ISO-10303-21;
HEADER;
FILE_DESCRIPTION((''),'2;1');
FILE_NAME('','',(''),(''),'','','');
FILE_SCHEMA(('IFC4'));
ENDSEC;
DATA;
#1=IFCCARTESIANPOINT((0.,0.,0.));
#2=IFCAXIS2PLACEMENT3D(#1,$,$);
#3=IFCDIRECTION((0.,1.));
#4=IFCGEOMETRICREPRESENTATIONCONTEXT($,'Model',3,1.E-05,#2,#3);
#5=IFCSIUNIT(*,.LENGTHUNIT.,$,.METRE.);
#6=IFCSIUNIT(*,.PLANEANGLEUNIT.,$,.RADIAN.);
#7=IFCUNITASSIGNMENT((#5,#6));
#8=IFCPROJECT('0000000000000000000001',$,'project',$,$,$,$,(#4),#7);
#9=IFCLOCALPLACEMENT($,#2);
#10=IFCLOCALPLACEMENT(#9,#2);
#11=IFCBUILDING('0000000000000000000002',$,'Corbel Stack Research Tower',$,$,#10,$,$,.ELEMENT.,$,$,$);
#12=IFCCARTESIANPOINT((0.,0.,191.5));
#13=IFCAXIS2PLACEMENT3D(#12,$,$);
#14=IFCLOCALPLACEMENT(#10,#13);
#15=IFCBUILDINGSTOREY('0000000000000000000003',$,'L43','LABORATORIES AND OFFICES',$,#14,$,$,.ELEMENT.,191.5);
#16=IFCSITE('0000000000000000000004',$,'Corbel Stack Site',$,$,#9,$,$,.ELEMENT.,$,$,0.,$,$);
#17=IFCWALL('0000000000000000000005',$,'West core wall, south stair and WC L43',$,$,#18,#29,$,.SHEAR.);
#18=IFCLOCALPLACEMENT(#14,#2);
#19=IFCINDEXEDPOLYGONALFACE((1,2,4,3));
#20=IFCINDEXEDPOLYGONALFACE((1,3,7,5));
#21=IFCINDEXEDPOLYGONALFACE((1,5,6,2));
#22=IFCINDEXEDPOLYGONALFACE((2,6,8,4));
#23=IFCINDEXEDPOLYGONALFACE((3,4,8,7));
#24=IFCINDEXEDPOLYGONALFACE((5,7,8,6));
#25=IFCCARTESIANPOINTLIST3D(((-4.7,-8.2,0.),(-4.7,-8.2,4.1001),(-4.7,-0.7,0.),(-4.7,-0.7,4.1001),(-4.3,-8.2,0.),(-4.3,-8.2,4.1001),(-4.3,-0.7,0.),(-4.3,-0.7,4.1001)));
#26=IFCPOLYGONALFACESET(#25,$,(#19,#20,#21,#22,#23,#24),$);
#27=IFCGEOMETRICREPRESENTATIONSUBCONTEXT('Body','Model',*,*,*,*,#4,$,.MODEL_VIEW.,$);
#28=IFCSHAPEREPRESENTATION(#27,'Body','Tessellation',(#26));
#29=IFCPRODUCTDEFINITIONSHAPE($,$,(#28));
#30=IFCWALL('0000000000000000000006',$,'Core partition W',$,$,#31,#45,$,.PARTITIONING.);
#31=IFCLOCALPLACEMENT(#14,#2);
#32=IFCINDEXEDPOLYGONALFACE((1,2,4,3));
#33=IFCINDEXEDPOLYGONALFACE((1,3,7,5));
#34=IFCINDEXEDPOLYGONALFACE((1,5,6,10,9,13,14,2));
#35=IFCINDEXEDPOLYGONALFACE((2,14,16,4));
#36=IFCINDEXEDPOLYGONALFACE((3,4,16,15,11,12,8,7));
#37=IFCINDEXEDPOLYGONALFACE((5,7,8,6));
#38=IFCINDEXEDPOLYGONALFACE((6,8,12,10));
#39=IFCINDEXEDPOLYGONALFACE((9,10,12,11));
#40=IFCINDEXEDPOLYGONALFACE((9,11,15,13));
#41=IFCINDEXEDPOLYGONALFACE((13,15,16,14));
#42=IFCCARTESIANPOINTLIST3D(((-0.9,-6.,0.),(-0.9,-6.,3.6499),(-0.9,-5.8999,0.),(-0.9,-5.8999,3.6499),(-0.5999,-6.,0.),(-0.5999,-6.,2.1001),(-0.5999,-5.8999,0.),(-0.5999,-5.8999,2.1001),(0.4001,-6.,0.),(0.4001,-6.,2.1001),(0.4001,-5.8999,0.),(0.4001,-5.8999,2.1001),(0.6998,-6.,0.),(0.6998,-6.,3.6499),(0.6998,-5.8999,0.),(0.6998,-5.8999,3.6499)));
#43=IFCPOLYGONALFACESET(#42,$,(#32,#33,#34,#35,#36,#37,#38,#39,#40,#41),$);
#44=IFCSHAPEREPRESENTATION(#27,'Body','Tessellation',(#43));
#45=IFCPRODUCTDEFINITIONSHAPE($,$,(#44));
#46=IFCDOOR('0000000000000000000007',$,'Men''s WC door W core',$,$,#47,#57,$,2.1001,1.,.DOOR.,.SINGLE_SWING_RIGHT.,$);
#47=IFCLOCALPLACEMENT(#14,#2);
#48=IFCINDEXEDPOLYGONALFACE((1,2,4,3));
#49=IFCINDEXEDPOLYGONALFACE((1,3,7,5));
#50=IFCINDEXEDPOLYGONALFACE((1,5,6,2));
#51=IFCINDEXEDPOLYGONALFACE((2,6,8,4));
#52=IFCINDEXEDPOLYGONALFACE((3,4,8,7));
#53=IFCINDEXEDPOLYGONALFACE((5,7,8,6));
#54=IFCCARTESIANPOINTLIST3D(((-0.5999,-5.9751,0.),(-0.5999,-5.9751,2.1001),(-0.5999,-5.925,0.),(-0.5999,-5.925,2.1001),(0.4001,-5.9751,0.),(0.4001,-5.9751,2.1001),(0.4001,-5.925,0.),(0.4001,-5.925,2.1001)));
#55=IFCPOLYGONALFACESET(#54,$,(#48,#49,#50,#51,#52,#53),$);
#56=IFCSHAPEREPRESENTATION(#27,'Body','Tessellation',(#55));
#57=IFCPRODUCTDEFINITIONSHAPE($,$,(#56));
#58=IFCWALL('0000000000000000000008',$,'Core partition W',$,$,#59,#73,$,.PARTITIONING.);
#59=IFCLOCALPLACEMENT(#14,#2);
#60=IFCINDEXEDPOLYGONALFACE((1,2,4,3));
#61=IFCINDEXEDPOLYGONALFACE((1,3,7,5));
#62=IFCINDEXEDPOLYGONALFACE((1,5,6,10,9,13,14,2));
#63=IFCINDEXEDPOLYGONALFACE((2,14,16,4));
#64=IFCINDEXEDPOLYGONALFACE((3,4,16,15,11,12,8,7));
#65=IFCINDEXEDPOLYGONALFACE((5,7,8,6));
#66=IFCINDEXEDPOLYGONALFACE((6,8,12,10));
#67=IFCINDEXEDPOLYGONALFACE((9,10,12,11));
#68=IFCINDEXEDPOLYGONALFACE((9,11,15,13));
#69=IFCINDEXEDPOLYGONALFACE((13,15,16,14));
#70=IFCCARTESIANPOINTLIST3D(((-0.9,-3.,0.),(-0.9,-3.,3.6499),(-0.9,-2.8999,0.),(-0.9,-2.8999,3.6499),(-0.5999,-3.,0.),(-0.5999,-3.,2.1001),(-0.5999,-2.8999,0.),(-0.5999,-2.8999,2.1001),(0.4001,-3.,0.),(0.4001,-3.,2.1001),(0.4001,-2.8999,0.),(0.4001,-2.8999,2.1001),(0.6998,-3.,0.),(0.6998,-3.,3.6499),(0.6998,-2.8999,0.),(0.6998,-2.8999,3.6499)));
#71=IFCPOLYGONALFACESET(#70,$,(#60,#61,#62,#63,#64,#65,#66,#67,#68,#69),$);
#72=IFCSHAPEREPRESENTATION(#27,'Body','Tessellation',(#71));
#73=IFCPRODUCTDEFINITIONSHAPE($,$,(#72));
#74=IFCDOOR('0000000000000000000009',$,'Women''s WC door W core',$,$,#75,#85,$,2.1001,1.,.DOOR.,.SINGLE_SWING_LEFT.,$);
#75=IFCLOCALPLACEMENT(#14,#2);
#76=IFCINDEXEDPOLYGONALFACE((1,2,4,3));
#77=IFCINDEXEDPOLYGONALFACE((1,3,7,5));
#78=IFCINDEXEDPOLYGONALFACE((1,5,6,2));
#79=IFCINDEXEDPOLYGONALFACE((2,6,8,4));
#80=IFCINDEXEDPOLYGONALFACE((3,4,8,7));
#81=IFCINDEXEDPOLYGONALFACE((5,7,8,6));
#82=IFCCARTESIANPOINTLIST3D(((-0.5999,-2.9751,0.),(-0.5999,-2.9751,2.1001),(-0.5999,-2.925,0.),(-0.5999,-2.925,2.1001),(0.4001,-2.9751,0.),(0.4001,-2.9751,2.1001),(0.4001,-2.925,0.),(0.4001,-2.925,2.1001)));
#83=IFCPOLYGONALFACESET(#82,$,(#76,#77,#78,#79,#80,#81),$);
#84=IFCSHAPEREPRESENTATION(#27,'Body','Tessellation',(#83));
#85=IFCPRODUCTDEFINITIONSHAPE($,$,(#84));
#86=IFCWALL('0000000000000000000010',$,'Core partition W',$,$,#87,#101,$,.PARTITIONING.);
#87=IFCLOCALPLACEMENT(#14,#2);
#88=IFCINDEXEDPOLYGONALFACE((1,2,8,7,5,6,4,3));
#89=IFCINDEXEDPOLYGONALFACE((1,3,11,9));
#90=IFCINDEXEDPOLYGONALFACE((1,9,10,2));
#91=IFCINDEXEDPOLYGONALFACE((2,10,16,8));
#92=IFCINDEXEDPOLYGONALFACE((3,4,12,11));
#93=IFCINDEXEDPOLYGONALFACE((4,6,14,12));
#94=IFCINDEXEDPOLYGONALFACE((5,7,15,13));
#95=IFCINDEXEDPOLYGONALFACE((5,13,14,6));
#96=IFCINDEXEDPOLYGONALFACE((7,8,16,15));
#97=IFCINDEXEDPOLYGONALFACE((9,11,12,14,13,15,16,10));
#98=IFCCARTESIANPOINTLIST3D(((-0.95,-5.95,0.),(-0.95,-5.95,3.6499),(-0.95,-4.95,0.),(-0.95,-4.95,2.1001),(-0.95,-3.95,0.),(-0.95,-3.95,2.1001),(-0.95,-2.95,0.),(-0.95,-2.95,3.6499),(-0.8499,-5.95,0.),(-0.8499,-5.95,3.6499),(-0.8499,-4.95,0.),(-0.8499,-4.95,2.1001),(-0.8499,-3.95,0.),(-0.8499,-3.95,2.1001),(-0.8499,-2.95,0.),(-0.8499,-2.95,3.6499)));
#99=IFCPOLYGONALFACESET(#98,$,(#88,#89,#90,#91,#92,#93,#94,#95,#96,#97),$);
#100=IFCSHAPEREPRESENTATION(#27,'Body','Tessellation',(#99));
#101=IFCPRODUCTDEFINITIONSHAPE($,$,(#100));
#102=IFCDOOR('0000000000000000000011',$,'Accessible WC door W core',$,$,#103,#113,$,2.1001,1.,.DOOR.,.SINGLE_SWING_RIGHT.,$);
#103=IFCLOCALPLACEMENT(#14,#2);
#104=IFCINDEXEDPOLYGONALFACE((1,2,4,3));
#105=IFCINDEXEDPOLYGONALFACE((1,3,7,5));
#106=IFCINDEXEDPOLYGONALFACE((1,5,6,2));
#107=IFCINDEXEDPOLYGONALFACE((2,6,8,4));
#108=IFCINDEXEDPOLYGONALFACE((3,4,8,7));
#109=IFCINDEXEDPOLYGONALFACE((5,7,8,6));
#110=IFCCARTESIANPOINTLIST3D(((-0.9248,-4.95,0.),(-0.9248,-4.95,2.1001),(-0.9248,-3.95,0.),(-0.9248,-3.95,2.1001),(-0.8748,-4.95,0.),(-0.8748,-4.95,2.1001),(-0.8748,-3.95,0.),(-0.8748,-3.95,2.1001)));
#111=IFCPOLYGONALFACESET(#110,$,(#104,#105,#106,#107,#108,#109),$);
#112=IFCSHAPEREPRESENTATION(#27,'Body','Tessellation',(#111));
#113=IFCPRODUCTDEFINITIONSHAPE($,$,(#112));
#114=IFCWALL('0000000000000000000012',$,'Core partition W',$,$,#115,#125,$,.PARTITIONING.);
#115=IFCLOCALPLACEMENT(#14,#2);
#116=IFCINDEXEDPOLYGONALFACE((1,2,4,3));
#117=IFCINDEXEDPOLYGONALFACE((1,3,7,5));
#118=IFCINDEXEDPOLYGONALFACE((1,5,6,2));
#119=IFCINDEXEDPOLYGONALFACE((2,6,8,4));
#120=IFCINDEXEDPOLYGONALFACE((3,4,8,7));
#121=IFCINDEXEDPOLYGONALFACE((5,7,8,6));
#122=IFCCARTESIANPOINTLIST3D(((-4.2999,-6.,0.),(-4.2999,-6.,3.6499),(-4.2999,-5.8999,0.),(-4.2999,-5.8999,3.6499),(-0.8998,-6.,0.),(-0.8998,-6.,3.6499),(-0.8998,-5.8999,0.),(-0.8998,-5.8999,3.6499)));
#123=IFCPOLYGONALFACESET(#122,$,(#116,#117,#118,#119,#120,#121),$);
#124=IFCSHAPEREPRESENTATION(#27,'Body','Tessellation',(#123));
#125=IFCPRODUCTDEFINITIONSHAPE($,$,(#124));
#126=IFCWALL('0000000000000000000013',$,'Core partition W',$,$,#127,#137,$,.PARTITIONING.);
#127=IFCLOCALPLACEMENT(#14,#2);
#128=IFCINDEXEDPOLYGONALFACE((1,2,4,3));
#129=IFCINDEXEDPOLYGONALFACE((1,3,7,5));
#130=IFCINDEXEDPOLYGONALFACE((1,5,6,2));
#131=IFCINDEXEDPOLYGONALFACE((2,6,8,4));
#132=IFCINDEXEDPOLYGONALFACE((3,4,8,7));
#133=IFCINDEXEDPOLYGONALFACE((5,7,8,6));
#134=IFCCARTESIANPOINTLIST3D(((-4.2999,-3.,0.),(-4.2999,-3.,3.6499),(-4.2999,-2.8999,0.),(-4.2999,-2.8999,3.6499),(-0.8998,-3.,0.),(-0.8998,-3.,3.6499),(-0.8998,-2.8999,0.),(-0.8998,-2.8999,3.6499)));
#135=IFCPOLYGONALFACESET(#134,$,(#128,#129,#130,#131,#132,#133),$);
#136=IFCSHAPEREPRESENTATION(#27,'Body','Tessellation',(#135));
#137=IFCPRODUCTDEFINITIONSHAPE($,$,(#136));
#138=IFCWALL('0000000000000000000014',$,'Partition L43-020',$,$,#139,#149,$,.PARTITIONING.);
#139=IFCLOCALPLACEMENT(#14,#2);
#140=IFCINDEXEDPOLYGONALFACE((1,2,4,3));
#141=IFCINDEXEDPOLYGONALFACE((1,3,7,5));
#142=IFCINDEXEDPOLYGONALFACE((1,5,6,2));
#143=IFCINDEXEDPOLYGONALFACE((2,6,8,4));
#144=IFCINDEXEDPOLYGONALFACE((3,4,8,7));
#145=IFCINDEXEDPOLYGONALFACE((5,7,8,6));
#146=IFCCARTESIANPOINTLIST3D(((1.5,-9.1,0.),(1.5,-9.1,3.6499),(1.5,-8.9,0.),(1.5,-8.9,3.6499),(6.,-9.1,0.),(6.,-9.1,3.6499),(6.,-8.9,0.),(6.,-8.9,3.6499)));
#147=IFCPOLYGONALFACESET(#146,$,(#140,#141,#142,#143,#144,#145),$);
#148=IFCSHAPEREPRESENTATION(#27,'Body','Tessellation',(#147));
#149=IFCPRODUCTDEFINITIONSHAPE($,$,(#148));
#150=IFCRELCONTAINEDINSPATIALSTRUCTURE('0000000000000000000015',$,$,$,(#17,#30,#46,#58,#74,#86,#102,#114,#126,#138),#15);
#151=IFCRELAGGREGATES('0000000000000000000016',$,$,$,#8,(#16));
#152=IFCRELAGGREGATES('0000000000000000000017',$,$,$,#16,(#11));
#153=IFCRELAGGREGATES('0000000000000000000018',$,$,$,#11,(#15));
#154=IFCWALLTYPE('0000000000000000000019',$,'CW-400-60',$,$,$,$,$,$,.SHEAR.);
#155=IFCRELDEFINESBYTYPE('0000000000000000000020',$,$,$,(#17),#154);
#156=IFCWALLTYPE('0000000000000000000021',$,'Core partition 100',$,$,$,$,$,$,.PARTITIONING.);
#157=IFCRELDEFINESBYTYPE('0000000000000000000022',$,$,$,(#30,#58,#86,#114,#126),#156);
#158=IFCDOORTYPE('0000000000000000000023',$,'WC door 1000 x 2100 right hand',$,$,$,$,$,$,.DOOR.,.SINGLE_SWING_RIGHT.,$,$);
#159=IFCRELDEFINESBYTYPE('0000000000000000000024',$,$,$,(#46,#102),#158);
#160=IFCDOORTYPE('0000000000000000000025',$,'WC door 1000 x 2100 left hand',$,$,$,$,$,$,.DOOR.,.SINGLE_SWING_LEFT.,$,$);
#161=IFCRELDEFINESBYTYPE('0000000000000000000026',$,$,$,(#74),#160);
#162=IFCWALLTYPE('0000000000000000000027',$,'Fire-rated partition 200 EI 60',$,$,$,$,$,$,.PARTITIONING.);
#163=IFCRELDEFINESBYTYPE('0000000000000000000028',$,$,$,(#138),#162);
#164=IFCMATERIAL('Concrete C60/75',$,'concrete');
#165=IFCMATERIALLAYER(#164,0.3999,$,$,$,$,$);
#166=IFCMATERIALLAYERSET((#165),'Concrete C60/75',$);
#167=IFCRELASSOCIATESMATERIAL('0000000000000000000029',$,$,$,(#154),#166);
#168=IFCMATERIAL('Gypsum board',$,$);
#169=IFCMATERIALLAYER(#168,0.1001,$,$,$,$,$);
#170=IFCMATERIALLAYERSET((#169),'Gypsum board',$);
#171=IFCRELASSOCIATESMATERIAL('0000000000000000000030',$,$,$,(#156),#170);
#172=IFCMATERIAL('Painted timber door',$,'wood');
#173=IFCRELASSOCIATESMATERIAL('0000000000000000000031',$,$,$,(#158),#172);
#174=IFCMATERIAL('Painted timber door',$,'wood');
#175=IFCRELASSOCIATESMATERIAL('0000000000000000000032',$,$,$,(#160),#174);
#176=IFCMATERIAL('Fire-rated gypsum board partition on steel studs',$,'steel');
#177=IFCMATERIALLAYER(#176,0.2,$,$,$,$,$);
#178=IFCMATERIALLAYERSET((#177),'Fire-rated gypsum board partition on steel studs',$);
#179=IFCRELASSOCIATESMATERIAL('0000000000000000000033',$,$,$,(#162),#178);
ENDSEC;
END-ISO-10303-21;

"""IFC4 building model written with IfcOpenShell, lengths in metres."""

from ifc_helpers import new_model, si_unit, direction, frame, frame_2d, origin, place, context, subcontext, project, spatial, rectangle, extrude, material, layer, layer_set, type_object, element, fill, save


model = new_model("IFC4")

# Units and contexts
model_context = context("Model", 3, precision=1e-05, world=origin(), true_north=direction((0.0, 1.0)))
body_context = subcontext(model_context, "Body", "Model", "MODEL_VIEW")
ifc_project = project(units=[si_unit("LENGTHUNIT", "METRE"), si_unit("PLANEANGLEUNIT", "RADIAN")], contexts=[model_context])

# Site, building, storey
site_placement = place(None, origin())
site = spatial("IfcSite", under=ifc_project, at=site_placement, Name="Corbel Stack Site", CompositionType="ELEMENT", RefElevation=0.0)
building_placement = place(site_placement, origin())
building = spatial("IfcBuilding", under=site, at=building_placement, Name="Corbel Stack Research Tower", CompositionType="ELEMENT")
storey_placement = place(building_placement, frame((0.0, 0.0, 191.5)))
storey = spatial("IfcBuildingStorey", under=building, at=storey_placement, Name="L43", Description="LABORATORIES AND OFFICES", CompositionType="ELEMENT", Elevation=191.5)

# Wall
ifc_material_1 = material(Name="Concrete C60/75", Category="concrete")
ifc_layer_1 = layer(ifc_material_1, 0.3999)
ifc_layer_set_1 = layer_set([ifc_layer_1], Name="Concrete C60/75")
wall_type_1 = type_object("IfcWallType", Name="CW-400-60", PredefinedType="SHEAR", material=ifc_layer_set_1)
wall_1_placement = place(storey_placement, frame((-4.5, -8.2, 0.0), z_axis=(0.0, 0.0, 1.0), x_axis=(0.0, 1.0, 0.0)))
element("IfcWall", 1, at=wall_1_placement, inside=storey, type_object=wall_type_1, Name="West core wall, south stair and WC L43", PredefinedType="SHEAR", context=body_context, shape_type="SweptSolid", body=[
    extrude(rectangle(XDim=7.5, YDim=0.3999, at=frame_2d((3.75, 0.0))), origin(), (0.0, 0.0, 1.0), 4.1001),
])

# Walls, openings, doors
ifc_material_2 = material(Name="Gypsum board")
ifc_layer_2 = layer(ifc_material_2, 0.1001)
ifc_layer_set_2 = layer_set([ifc_layer_2], Name="Gypsum board")
wall_type_2 = type_object("IfcWallType", Name="Core partition 100", PredefinedType="PARTITIONING", material=ifc_layer_set_2)
wall_2_placement = place(storey_placement, frame((-0.8999, -5.95, 0.0), z_axis=(0.0, 0.0, 1.0), x_axis=(1.0, 0.0, 0.0)))
wall_2 = element("IfcWall", 2, at=wall_2_placement, inside=storey, type_object=wall_type_2, Name="Core partition W", PredefinedType="PARTITIONING", context=body_context, shape_type="SweptSolid", body=[
    extrude(rectangle(XDim=1.5999, YDim=0.1001, at=frame_2d((0.7998, 0.0))), origin(), (0.0, 0.0, 1.0), 3.6499),
])
opening_1_placement = place(wall_2_placement, frame((0.3, 0.0, 0.0)))
opening_1 = element("IfcOpeningElement", 3, at=opening_1_placement, cuts=wall_2, PredefinedType="OPENING", context=body_context, shape_type="SweptSolid", body=[
    extrude(rectangle(XDim=1.0, YDim=2.1001, at=frame_2d((0.5, 1.05))), frame((0.0, 0.0601, 0.0), z_axis=(0.0, -1.0, 0.0), x_axis=(1.0, 0.0, 0.0)), (0.0, 0.0, 1.0), 0.1201),
])
ifc_material_3 = material(Name="Painted timber door", Category="wood")
door_type_1 = type_object("IfcDoorType", Name="WC door 1000 x 2100 right hand", OperationType="SINGLE_SWING_RIGHT", PredefinedType="DOOR", material=ifc_material_3)
door_1_placement = place(opening_1_placement, origin())
door_1 = element("IfcDoor", 4, at=door_1_placement, inside=storey, type_object=door_type_1, Name="Men's WC door W core", OperationType="SINGLE_SWING_RIGHT", OverallHeight=2.1001, OverallWidth=1.0, PredefinedType="DOOR", context=body_context, shape_type="SweptSolid", body=[
    extrude(rectangle(XDim=1.0, YDim=2.1001, at=frame_2d((0.5, 1.05))), frame((0.0, 0.0249, 0.0), z_axis=(0.0, -1.0, 0.0), x_axis=(1.0, 0.0, 0.0)), (0.0, 0.0, 1.0), 0.05),
])
fill(opening_1, door_1)
wall_3_placement = place(storey_placement, frame((-0.8999, -2.95, 0.0), z_axis=(0.0, 0.0, 1.0), x_axis=(1.0, 0.0, 0.0)))
wall_3 = element("IfcWall", 5, at=wall_3_placement, inside=storey, type_object=wall_type_2, Name="Core partition W", PredefinedType="PARTITIONING", context=body_context, shape_type="SweptSolid", body=[
    extrude(rectangle(XDim=1.5999, YDim=0.1001, at=frame_2d((0.7998, 0.0))), origin(), (0.0, 0.0, 1.0), 3.6499),
])
opening_2_placement = place(wall_3_placement, frame((0.3, 0.0, 0.0)))
opening_2 = element("IfcOpeningElement", 6, at=opening_2_placement, cuts=wall_3, PredefinedType="OPENING", context=body_context, shape_type="SweptSolid", body=[
    extrude(rectangle(XDim=1.0, YDim=2.1001, at=frame_2d((0.5, 1.05))), frame((0.0, 0.0601, 0.0), z_axis=(0.0, -1.0, 0.0), x_axis=(1.0, 0.0, 0.0)), (0.0, 0.0, 1.0), 0.1201),
])
ifc_material_4 = material(Name="Painted timber door", Category="wood")
door_type_2 = type_object("IfcDoorType", Name="WC door 1000 x 2100 left hand", OperationType="SINGLE_SWING_LEFT", PredefinedType="DOOR", material=ifc_material_4)
door_2_placement = place(opening_2_placement, origin())
door_2 = element("IfcDoor", 7, at=door_2_placement, inside=storey, type_object=door_type_2, Name="Women's WC door W core", OperationType="SINGLE_SWING_LEFT", OverallHeight=2.1001, OverallWidth=1.0, PredefinedType="DOOR", context=body_context, shape_type="SweptSolid", body=[
    extrude(rectangle(XDim=1.0, YDim=2.1001, at=frame_2d((0.5, 1.05))), frame((0.0, 0.0249, 0.0), z_axis=(0.0, -1.0, 0.0), x_axis=(1.0, 0.0, 0.0)), (0.0, 0.0, 1.0), 0.05),
])
fill(opening_2, door_2)
wall_4_placement = place(storey_placement, frame((-0.8999, -5.95, 0.0), z_axis=(0.0, 0.0, 1.0), x_axis=(0.0, 1.0, 0.0)))
wall_4 = element("IfcWall", 8, at=wall_4_placement, inside=storey, type_object=wall_type_2, Name="Core partition W", PredefinedType="PARTITIONING", context=body_context, shape_type="SweptSolid", body=[
    extrude(rectangle(XDim=3.0, YDim=0.1001, at=frame_2d((1.5, 0.0))), origin(), (0.0, 0.0, 1.0), 3.6499),
])
opening_3_placement = place(wall_4_placement, frame((1.0, 0.0, 0.0)))
opening_3 = element("IfcOpeningElement", 9, at=opening_3_placement, cuts=wall_4, PredefinedType="OPENING", context=body_context, shape_type="SweptSolid", body=[
    extrude(rectangle(XDim=1.0, YDim=2.1001, at=frame_2d((0.5, 1.05))), frame((0.0, 0.0601, 0.0), z_axis=(0.0, -1.0, 0.0), x_axis=(1.0, 0.0, 0.0)), (0.0, 0.0, 1.0), 0.1201),
])
door_3_placement = place(opening_3_placement, origin())
door_3 = element("IfcDoor", 10, at=door_3_placement, inside=storey, type_object=door_type_1, Name="Accessible WC door W core", OperationType="SINGLE_SWING_RIGHT", OverallHeight=2.1001, OverallWidth=1.0, PredefinedType="DOOR", context=body_context, shape_type="SweptSolid", body=[
    extrude(rectangle(XDim=1.0, YDim=2.1001, at=frame_2d((0.5, 1.05))), frame((0.0, 0.0249, 0.0), z_axis=(0.0, -1.0, 0.0), x_axis=(1.0, 0.0, 0.0)), (0.0, 0.0, 1.0), 0.05),
])
fill(opening_3, door_3)

# Walls
for number, where, z_axis, x_axis, name in (
    (11, (-4.3, -5.95, 0.0), (0.0, 0.0, 1.0), (1.0, 0.0, 0.0), "Core partition W"),
    (12, (-4.3, -2.95, 0.0), (0.0, 0.0, 1.0), (1.0, 0.0, 0.0), "Core partition W"),
):
    element("IfcWall", number, at=place(storey_placement, frame(where, z_axis=z_axis, x_axis=x_axis)), inside=storey, type_object=wall_type_2, Name=name, PredefinedType="PARTITIONING", context=body_context, shape_type="SweptSolid", body=[
        extrude(rectangle(XDim=3.4001, YDim=0.1001, at=frame_2d((1.7002, 0.0))), origin(), (0.0, 0.0, 1.0), 3.6499),
    ])
ifc_material_5 = material(Name="Fire-rated gypsum board partition on steel studs", Category="steel")
ifc_layer_3 = layer(ifc_material_5, 0.2)
ifc_layer_set_3 = layer_set([ifc_layer_3], Name="Fire-rated gypsum board partition on steel studs")
wall_type_3 = type_object("IfcWallType", Name="Fire-rated partition 200 EI 60", PredefinedType="PARTITIONING", material=ifc_layer_set_3)
wall_5_placement = place(storey_placement, frame((1.5, -9.0, 0.0), z_axis=(0.0, 0.0, 1.0), x_axis=(1.0, 0.0, 0.0)))
element("IfcWall", 13, at=wall_5_placement, inside=storey, type_object=wall_type_3, Name="Partition L43-020", PredefinedType="PARTITIONING", context=body_context, shape_type="SweptSolid", body=[
    extrude(rectangle(XDim=4.5, YDim=0.2, at=frame_2d((2.25, 0.0))), origin(), (0.0, 0.0, 1.0), 3.6499),
])

save(model, "model.ifc")
